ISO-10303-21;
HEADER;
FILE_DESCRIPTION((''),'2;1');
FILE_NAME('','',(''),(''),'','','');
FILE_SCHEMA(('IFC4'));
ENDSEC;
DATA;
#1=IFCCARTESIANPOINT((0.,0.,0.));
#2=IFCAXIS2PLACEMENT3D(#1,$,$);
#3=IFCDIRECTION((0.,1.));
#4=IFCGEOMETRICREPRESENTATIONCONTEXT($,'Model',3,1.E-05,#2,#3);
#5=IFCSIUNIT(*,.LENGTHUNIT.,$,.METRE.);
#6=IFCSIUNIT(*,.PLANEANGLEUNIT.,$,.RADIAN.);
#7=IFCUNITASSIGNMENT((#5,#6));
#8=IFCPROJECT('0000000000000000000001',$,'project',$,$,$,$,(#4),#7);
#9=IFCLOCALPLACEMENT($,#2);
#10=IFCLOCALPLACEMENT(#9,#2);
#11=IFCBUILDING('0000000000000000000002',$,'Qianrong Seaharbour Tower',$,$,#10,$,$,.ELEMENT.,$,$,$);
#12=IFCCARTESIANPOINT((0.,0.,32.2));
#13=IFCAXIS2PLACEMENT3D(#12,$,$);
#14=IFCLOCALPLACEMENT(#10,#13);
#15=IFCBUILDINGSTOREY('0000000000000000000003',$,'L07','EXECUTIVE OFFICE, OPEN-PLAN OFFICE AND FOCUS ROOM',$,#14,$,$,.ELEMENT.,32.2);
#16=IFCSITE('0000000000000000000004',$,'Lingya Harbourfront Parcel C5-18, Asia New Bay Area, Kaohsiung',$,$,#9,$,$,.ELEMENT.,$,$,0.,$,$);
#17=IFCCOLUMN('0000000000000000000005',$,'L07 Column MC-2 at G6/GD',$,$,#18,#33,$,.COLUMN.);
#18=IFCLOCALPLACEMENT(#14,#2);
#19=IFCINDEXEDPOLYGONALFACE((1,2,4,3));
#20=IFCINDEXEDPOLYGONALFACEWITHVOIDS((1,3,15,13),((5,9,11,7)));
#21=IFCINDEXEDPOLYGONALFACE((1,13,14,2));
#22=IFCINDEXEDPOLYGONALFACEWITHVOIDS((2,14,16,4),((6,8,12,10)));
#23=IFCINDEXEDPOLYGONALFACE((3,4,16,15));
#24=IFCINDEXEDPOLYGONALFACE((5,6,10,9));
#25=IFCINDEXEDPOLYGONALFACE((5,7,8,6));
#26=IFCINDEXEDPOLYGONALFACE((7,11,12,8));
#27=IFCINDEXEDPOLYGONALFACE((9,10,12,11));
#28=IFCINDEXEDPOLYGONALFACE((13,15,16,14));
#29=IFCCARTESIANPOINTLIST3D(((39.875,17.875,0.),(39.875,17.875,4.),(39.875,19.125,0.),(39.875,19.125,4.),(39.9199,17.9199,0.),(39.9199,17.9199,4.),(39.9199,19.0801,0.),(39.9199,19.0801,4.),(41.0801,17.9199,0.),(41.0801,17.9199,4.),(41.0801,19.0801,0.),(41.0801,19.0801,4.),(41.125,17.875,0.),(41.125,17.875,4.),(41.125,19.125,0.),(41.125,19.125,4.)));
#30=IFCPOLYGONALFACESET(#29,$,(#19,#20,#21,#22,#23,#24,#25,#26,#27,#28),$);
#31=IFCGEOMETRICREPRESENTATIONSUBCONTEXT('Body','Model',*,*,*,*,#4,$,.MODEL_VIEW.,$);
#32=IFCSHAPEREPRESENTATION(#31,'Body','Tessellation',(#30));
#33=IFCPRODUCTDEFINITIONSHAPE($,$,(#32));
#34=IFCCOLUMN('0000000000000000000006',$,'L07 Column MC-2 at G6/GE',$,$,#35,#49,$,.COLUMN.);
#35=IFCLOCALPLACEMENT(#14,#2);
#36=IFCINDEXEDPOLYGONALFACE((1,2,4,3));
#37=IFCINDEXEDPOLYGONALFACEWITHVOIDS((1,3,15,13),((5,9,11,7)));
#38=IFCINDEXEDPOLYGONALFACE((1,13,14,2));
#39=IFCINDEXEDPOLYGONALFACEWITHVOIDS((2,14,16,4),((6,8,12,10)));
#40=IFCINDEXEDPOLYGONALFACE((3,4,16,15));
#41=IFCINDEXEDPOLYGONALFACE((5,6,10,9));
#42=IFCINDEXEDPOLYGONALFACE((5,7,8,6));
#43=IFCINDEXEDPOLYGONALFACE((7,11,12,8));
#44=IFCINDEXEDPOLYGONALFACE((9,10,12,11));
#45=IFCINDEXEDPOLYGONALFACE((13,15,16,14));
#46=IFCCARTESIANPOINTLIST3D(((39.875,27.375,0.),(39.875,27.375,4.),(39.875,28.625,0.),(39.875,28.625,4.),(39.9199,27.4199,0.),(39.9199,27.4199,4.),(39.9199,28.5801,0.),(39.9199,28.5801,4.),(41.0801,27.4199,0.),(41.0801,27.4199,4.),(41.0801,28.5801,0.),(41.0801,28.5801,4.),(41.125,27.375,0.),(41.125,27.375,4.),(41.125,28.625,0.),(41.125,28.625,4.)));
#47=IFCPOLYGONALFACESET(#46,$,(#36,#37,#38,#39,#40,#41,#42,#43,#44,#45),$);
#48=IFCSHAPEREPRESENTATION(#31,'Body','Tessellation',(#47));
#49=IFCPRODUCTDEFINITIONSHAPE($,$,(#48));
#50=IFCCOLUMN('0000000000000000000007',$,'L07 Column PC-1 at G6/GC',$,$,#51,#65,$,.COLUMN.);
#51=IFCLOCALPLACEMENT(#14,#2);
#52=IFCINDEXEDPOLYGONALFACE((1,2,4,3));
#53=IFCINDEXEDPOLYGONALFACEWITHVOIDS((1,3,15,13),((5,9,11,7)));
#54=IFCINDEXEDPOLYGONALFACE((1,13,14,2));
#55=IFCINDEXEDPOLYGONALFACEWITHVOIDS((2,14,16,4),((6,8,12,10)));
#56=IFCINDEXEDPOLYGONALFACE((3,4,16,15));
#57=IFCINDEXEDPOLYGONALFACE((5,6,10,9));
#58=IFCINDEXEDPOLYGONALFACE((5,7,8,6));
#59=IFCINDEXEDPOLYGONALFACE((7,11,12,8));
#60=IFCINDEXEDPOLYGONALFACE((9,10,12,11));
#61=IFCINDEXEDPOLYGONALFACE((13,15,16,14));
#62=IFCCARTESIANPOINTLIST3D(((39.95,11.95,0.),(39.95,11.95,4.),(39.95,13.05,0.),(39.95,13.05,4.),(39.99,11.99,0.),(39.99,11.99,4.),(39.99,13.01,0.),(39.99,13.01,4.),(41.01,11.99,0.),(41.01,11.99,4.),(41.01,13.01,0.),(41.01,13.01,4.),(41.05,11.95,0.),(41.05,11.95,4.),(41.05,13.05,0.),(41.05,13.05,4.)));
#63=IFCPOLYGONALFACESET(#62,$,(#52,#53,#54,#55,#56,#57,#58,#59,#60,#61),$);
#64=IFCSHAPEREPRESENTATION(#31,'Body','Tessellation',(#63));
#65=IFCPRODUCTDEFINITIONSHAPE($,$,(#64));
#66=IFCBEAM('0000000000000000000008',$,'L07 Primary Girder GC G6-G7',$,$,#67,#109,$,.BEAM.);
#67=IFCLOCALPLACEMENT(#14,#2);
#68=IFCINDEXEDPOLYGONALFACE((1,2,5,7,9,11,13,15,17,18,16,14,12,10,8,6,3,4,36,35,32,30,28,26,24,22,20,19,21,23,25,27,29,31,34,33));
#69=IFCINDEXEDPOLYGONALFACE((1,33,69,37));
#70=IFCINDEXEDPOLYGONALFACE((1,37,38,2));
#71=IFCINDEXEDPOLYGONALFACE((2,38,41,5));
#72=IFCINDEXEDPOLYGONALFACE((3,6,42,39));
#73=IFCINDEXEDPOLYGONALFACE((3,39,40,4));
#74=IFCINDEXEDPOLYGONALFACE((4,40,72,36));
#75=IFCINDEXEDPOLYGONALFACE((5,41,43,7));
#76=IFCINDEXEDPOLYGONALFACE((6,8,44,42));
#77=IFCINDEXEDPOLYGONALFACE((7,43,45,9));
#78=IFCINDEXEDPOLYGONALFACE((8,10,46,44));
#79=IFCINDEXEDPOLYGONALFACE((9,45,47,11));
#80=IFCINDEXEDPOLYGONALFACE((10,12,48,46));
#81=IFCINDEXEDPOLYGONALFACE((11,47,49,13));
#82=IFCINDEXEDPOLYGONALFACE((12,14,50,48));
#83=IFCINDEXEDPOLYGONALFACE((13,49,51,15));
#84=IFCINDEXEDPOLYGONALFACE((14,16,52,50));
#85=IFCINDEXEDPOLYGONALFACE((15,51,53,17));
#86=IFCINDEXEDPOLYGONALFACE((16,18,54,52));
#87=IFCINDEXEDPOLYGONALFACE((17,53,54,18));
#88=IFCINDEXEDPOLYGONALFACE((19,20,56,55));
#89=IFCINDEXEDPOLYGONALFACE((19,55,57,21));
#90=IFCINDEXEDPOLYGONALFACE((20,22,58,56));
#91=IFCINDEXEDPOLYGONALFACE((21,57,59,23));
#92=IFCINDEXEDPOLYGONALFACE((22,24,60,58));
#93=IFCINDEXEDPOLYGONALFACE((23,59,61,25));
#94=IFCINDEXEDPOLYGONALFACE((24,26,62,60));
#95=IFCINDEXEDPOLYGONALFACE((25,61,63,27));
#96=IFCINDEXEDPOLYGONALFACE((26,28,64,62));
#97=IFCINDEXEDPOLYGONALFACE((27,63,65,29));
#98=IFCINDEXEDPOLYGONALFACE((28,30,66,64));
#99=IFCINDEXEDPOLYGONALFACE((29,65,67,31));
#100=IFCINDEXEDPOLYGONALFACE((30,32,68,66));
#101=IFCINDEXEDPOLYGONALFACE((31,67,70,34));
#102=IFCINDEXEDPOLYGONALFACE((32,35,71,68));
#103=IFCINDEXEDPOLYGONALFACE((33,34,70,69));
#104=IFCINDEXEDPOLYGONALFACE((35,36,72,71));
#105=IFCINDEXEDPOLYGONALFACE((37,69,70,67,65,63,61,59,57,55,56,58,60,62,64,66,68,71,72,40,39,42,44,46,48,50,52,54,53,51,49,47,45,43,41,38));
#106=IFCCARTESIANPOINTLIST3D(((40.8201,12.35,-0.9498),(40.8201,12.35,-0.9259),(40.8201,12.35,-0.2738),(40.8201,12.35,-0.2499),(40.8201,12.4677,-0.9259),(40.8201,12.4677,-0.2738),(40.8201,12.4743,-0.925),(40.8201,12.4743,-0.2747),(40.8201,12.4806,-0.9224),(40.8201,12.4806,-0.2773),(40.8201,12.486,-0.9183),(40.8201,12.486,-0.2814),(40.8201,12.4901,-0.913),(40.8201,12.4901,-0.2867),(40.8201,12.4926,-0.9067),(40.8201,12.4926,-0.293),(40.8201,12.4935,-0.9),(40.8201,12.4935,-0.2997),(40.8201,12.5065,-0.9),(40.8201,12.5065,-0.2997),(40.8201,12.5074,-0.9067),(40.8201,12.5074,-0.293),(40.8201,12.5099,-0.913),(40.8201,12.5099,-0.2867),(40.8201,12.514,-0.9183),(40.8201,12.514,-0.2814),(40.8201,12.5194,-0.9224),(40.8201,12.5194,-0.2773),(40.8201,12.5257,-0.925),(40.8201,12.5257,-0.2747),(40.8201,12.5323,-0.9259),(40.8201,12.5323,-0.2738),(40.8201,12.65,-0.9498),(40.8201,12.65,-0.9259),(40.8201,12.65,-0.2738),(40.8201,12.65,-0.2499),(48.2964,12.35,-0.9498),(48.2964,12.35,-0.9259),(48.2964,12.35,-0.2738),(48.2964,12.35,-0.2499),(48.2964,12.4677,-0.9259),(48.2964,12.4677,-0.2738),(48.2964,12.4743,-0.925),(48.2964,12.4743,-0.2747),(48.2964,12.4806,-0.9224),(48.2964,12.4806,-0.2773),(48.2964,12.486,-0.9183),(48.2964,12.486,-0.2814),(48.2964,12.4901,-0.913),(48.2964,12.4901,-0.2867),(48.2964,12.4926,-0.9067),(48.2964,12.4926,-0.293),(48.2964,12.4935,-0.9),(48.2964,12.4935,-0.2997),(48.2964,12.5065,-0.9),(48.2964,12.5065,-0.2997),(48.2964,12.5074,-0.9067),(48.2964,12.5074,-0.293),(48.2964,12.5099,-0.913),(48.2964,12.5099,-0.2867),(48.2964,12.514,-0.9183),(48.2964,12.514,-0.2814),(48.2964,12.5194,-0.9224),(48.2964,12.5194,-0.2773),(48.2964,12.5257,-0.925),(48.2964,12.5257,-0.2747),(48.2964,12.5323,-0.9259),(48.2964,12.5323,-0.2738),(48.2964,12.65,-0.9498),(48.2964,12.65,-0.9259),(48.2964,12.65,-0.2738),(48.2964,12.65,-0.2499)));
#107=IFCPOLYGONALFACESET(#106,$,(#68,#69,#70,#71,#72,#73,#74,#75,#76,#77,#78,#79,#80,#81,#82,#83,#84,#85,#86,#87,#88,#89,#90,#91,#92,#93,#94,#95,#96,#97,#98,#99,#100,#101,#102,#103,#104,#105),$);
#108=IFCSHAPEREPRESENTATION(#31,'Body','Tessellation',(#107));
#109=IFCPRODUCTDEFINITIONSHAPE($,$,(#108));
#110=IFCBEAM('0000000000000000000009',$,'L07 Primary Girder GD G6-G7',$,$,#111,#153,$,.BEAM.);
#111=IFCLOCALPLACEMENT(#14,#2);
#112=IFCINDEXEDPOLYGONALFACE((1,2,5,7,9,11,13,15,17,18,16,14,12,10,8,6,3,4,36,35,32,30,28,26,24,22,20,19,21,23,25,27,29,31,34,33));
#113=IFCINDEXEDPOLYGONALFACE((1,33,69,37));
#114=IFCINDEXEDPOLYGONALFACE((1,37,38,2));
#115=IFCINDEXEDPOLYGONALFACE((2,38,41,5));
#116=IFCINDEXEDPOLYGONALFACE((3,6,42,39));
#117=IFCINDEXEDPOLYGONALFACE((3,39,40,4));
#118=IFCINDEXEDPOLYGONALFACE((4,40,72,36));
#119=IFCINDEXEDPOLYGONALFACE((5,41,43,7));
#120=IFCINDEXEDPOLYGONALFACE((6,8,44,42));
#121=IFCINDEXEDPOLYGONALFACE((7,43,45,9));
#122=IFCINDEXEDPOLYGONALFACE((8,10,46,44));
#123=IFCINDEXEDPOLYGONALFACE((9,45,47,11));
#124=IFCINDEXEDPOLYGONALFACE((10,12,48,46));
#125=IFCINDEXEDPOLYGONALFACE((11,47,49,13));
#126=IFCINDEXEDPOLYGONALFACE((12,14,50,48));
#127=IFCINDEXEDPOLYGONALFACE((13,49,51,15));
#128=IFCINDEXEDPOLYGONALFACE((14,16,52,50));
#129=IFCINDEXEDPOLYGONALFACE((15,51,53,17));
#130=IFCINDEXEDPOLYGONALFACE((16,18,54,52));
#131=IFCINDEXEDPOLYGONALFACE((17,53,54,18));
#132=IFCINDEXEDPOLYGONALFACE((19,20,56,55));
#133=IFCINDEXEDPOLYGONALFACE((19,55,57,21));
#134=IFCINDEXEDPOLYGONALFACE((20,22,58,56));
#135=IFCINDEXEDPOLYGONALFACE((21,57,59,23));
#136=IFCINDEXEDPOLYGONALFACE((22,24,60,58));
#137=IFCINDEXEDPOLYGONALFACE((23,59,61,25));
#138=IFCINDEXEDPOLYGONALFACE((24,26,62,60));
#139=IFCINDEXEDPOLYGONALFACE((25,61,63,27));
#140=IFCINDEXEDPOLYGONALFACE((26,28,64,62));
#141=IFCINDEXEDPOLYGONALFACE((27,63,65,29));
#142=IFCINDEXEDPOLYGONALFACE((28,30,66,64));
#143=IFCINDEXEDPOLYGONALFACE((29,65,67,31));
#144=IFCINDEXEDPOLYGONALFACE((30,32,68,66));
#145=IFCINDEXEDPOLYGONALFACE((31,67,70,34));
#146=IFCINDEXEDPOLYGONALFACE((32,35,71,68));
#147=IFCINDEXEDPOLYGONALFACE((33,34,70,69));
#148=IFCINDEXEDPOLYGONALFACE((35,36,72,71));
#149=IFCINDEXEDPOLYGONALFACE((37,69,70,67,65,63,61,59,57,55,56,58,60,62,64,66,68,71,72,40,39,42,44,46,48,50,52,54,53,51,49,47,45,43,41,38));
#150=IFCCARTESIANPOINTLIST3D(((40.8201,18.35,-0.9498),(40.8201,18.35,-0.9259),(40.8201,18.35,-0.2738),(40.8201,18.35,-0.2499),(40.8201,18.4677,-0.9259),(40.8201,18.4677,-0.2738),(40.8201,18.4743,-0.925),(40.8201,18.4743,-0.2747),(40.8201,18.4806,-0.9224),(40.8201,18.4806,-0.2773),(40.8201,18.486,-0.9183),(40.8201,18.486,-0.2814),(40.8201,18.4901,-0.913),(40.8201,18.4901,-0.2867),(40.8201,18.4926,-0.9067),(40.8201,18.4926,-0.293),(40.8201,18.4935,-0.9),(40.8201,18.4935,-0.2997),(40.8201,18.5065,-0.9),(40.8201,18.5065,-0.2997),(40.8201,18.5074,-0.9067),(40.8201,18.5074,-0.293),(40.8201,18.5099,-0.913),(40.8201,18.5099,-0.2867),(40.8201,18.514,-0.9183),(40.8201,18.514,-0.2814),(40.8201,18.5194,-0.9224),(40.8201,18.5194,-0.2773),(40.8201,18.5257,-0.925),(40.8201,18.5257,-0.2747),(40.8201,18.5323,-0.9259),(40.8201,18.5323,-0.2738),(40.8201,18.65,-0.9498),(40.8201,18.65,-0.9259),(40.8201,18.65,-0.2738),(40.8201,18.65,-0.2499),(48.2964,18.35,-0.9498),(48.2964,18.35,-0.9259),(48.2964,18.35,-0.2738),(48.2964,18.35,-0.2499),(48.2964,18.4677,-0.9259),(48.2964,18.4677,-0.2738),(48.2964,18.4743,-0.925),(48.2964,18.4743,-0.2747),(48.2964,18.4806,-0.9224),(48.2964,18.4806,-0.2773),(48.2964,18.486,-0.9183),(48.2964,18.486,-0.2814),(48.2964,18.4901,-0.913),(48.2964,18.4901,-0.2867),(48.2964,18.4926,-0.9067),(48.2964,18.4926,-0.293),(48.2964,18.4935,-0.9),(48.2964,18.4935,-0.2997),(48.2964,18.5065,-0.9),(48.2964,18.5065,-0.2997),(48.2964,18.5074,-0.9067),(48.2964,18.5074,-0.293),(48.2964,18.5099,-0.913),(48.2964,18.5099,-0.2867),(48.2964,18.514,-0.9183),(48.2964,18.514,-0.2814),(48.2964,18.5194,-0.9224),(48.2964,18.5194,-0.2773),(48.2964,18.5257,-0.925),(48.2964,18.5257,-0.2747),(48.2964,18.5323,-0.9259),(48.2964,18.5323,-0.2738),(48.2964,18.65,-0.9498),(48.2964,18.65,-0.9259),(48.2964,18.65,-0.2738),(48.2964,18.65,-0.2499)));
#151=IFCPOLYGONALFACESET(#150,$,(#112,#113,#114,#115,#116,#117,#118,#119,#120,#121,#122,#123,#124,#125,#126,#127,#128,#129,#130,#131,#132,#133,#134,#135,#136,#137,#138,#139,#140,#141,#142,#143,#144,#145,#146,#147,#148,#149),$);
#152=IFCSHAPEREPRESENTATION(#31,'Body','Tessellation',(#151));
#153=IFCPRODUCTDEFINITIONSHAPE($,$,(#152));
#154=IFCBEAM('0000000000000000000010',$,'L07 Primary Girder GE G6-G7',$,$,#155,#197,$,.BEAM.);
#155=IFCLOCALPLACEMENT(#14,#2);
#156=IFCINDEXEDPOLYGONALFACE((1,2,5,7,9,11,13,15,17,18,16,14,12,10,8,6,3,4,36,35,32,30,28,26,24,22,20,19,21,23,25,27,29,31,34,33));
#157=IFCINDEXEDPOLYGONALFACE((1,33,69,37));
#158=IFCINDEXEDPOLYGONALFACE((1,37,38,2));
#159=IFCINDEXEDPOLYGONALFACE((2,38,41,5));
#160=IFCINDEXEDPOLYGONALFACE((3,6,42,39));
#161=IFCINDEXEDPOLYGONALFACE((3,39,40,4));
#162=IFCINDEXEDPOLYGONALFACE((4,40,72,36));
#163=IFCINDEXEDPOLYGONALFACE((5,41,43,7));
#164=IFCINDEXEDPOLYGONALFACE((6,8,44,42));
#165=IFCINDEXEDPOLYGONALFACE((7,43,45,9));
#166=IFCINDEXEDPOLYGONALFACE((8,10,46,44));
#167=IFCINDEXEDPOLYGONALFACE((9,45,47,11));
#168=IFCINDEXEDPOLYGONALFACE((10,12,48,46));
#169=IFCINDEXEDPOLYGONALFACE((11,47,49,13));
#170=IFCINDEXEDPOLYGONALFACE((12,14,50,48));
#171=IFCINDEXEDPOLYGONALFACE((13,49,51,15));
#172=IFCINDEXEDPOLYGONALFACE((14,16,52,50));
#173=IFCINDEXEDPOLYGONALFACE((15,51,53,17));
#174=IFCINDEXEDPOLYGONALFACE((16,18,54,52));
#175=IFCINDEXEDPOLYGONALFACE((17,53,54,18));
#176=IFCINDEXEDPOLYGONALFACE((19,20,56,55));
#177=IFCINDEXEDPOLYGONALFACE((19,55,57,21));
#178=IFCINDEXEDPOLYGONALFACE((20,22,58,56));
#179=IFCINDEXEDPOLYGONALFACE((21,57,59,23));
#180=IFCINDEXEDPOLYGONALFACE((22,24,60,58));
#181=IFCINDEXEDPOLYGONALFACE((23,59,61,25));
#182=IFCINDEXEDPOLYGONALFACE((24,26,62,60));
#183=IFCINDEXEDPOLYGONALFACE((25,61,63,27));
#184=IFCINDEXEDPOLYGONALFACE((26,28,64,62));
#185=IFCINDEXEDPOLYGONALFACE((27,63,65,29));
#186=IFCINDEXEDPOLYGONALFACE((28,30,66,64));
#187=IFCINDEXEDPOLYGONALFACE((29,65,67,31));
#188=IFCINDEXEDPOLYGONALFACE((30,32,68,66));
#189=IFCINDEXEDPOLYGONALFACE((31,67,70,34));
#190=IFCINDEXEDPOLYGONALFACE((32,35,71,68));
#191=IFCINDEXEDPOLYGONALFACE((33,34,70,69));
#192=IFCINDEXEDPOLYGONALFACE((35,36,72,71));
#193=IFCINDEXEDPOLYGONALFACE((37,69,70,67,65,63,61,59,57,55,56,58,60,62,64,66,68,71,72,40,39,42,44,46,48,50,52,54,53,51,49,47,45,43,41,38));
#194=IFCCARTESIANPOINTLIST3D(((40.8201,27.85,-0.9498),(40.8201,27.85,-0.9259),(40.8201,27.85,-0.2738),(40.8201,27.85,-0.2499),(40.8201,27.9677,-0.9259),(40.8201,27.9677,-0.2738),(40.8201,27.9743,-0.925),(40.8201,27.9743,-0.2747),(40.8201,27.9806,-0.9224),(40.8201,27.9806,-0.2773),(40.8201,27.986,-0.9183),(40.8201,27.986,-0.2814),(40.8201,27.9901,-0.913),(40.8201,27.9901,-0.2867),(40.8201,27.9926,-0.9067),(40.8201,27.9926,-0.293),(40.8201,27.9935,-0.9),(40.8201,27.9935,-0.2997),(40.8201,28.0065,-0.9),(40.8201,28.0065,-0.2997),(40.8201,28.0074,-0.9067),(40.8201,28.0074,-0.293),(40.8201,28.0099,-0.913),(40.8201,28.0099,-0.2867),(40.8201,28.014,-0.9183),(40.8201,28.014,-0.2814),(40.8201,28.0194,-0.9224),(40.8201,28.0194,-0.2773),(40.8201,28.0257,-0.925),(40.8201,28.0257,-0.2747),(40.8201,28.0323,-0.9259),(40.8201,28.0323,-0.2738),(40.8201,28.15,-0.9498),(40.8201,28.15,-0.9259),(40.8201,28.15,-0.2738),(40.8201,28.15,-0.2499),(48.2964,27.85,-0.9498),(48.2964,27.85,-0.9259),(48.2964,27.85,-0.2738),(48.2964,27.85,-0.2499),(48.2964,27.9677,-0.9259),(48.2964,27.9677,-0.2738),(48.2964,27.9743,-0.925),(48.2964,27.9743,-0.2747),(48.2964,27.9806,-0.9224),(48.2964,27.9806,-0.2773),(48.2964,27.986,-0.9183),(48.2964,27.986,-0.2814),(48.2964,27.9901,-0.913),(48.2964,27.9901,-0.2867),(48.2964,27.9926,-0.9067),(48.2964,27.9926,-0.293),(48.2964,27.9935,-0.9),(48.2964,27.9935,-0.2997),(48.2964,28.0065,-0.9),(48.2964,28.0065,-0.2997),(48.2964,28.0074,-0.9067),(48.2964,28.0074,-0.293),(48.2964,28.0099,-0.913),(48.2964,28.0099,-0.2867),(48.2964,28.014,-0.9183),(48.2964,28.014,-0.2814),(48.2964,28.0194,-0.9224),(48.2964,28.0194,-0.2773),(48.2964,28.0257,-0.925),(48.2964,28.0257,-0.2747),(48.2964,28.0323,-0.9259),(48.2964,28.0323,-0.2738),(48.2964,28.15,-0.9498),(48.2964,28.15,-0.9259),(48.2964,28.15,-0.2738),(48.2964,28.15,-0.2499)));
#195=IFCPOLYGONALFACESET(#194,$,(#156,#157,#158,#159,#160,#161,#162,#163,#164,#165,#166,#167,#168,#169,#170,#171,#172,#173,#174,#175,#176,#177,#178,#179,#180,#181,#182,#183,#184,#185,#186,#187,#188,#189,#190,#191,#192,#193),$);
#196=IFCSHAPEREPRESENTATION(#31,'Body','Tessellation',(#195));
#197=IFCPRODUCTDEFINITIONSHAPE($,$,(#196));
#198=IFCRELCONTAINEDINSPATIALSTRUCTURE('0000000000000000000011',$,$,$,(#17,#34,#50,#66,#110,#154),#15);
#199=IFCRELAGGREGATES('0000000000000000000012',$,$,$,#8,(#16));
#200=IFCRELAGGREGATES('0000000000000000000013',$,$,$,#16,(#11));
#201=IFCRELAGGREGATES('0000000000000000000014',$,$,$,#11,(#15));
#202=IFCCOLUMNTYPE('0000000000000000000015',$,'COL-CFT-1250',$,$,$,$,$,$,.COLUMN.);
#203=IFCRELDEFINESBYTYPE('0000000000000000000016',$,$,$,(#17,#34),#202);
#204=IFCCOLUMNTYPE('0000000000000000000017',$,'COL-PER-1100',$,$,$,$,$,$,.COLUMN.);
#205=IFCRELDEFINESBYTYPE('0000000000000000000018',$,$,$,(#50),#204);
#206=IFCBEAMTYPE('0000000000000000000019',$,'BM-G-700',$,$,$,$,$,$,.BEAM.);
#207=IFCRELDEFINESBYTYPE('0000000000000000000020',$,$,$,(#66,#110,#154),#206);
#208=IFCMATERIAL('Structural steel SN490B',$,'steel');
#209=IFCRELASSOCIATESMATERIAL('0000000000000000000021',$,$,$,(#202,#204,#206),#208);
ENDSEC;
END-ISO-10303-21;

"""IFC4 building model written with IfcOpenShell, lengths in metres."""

from ifc_helpers import new_model, si_unit, direction, frame, origin, origin_2d, place, context, subcontext, project, spatial, hollow_rectangle, i_section, extrude, material, material_profile, profile_set, type_object, element, save


model = new_model("IFC4")

# Units and contexts
model_context = context("Model", 3, precision=1e-05, world=origin(), true_north=direction((0.0, 1.0)))
body_context = subcontext(model_context, "Body", "Model", "MODEL_VIEW")
ifc_project = project(units=[si_unit("LENGTHUNIT", "METRE"), si_unit("PLANEANGLEUNIT", "RADIAN")], contexts=[model_context])

# Site, building, storey
site_placement = place(None, origin())
site = spatial("IfcSite", under=ifc_project, at=site_placement, Name="Lingya Harbourfront Parcel C5-18, Asia New Bay Area, Kaohsiung", CompositionType="ELEMENT", RefElevation=0.0)
building_placement = place(site_placement, origin())
building = spatial("IfcBuilding", under=site, at=building_placement, Name="Qianrong Seaharbour Tower", CompositionType="ELEMENT")
storey_placement = place(building_placement, frame((0.0, 0.0, 32.2)))
storey = spatial("IfcBuildingStorey", under=building, at=storey_placement, Name="L07", Description="EXECUTIVE OFFICE, OPEN-PLAN OFFICE AND FOCUS ROOM", CompositionType="ELEMENT", Elevation=32.2)

# Columns
ifc_material_1 = material(Name="Structural steel SN490B", Category="steel")
ifc_material_profile_1 = material_profile(ifc_material_1, hollow_rectangle(XDim=1.25, YDim=1.25, WallThickness=0.0449, at=origin_2d()), Name="BOX1250x1250x45")
ifc_profile_set_1 = profile_set([ifc_material_profile_1], Name="Structural steel SN490B")
column_type_1 = type_object("IfcColumnType", Name="COL-CFT-1250", PredefinedType="COLUMN", material=ifc_profile_set_1)
for number, where, z_axis, x_axis, name in (
    (1, (40.5, 18.5, 0.0), (0.0, 0.0, 1.0), (1.0, 0.0, 0.0), "L07 Column MC-2 at G6/GD"),
    (2, (40.5, 28.0, 0.0), (0.0, 0.0, 1.0), (1.0, 0.0, 0.0), "L07 Column MC-2 at G6/GE"),
):
    element("IfcColumn", number, at=place(storey_placement, frame(where, z_axis=z_axis, x_axis=x_axis)), inside=storey, type_object=column_type_1, Name=name, PredefinedType="COLUMN", context=body_context, shape_type="SweptSolid", body=[
        extrude(hollow_rectangle(XDim=1.25, YDim=1.25, WallThickness=0.0449, at=origin_2d()), origin(), (0.0, 0.0, 1.0), 4.0),
    ])
ifc_material_profile_2 = material_profile(ifc_material_1, hollow_rectangle(XDim=1.1001, YDim=1.1001, WallThickness=0.04, at=origin_2d()), Name="BOX1100x1100x40")
ifc_profile_set_2 = profile_set([ifc_material_profile_2], Name="Structural steel SN490B")
column_type_2 = type_object("IfcColumnType", Name="COL-PER-1100", PredefinedType="COLUMN", material=ifc_profile_set_2)
column_placement = place(storey_placement, frame((40.5, 12.5, 0.0), z_axis=(0.0, 0.0, 1.0), x_axis=(1.0, 0.0, 0.0)))
element("IfcColumn", 3, at=column_placement, inside=storey, type_object=column_type_2, Name="L07 Column PC-1 at G6/GC", PredefinedType="COLUMN", context=body_context, shape_type="SweptSolid", body=[
    extrude(hollow_rectangle(XDim=1.1001, YDim=1.1001, WallThickness=0.04, at=origin_2d()), origin(), (0.0, 0.0, 1.0), 4.0),
])

# Beams
ifc_material_profile_3 = material_profile(ifc_material_1, i_section(OverallWidth=0.3, OverallDepth=0.7, WebThickness=0.0129, FlangeThickness=0.0239, FilletRadius=0.0259, at=origin_2d()), Name="H700x300x13x24")
ifc_profile_set_3 = profile_set([ifc_material_profile_3], Name="Structural steel SN490B")
beam_type_1 = type_object("IfcBeamType", Name="BM-G-700", PredefinedType="BEAM", material=ifc_profile_set_3)
for number, where, z_axis, x_axis, name in (
    (4, (40.8201, 12.5, -0.5999), (1.0, 0.0, 0.0), (0.0, 1.0, 0.0), "L07 Primary Girder GC G6-G7"),
    (5, (40.8201, 18.5, -0.5999), (1.0, 0.0, 0.0), (0.0, 1.0, 0.0), "L07 Primary Girder GD G6-G7"),
    (6, (40.8201, 28.0, -0.5999), (1.0, 0.0, 0.0), (0.0, 1.0, 0.0), "L07 Primary Girder GE G6-G7"),
):
    element("IfcBeam", number, at=place(storey_placement, frame(where, z_axis=z_axis, x_axis=x_axis)), inside=storey, type_object=beam_type_1, Name=name, PredefinedType="BEAM", context=body_context, shape_type="SweptSolid", body=[
        extrude(i_section(OverallWidth=0.3, OverallDepth=0.7, WebThickness=0.0129, FlangeThickness=0.0239, FilletRadius=0.0259, at=origin_2d()), origin(), (0.0, 0.0, 1.0), 7.4763),
    ])

save(model, "model.ifc")
